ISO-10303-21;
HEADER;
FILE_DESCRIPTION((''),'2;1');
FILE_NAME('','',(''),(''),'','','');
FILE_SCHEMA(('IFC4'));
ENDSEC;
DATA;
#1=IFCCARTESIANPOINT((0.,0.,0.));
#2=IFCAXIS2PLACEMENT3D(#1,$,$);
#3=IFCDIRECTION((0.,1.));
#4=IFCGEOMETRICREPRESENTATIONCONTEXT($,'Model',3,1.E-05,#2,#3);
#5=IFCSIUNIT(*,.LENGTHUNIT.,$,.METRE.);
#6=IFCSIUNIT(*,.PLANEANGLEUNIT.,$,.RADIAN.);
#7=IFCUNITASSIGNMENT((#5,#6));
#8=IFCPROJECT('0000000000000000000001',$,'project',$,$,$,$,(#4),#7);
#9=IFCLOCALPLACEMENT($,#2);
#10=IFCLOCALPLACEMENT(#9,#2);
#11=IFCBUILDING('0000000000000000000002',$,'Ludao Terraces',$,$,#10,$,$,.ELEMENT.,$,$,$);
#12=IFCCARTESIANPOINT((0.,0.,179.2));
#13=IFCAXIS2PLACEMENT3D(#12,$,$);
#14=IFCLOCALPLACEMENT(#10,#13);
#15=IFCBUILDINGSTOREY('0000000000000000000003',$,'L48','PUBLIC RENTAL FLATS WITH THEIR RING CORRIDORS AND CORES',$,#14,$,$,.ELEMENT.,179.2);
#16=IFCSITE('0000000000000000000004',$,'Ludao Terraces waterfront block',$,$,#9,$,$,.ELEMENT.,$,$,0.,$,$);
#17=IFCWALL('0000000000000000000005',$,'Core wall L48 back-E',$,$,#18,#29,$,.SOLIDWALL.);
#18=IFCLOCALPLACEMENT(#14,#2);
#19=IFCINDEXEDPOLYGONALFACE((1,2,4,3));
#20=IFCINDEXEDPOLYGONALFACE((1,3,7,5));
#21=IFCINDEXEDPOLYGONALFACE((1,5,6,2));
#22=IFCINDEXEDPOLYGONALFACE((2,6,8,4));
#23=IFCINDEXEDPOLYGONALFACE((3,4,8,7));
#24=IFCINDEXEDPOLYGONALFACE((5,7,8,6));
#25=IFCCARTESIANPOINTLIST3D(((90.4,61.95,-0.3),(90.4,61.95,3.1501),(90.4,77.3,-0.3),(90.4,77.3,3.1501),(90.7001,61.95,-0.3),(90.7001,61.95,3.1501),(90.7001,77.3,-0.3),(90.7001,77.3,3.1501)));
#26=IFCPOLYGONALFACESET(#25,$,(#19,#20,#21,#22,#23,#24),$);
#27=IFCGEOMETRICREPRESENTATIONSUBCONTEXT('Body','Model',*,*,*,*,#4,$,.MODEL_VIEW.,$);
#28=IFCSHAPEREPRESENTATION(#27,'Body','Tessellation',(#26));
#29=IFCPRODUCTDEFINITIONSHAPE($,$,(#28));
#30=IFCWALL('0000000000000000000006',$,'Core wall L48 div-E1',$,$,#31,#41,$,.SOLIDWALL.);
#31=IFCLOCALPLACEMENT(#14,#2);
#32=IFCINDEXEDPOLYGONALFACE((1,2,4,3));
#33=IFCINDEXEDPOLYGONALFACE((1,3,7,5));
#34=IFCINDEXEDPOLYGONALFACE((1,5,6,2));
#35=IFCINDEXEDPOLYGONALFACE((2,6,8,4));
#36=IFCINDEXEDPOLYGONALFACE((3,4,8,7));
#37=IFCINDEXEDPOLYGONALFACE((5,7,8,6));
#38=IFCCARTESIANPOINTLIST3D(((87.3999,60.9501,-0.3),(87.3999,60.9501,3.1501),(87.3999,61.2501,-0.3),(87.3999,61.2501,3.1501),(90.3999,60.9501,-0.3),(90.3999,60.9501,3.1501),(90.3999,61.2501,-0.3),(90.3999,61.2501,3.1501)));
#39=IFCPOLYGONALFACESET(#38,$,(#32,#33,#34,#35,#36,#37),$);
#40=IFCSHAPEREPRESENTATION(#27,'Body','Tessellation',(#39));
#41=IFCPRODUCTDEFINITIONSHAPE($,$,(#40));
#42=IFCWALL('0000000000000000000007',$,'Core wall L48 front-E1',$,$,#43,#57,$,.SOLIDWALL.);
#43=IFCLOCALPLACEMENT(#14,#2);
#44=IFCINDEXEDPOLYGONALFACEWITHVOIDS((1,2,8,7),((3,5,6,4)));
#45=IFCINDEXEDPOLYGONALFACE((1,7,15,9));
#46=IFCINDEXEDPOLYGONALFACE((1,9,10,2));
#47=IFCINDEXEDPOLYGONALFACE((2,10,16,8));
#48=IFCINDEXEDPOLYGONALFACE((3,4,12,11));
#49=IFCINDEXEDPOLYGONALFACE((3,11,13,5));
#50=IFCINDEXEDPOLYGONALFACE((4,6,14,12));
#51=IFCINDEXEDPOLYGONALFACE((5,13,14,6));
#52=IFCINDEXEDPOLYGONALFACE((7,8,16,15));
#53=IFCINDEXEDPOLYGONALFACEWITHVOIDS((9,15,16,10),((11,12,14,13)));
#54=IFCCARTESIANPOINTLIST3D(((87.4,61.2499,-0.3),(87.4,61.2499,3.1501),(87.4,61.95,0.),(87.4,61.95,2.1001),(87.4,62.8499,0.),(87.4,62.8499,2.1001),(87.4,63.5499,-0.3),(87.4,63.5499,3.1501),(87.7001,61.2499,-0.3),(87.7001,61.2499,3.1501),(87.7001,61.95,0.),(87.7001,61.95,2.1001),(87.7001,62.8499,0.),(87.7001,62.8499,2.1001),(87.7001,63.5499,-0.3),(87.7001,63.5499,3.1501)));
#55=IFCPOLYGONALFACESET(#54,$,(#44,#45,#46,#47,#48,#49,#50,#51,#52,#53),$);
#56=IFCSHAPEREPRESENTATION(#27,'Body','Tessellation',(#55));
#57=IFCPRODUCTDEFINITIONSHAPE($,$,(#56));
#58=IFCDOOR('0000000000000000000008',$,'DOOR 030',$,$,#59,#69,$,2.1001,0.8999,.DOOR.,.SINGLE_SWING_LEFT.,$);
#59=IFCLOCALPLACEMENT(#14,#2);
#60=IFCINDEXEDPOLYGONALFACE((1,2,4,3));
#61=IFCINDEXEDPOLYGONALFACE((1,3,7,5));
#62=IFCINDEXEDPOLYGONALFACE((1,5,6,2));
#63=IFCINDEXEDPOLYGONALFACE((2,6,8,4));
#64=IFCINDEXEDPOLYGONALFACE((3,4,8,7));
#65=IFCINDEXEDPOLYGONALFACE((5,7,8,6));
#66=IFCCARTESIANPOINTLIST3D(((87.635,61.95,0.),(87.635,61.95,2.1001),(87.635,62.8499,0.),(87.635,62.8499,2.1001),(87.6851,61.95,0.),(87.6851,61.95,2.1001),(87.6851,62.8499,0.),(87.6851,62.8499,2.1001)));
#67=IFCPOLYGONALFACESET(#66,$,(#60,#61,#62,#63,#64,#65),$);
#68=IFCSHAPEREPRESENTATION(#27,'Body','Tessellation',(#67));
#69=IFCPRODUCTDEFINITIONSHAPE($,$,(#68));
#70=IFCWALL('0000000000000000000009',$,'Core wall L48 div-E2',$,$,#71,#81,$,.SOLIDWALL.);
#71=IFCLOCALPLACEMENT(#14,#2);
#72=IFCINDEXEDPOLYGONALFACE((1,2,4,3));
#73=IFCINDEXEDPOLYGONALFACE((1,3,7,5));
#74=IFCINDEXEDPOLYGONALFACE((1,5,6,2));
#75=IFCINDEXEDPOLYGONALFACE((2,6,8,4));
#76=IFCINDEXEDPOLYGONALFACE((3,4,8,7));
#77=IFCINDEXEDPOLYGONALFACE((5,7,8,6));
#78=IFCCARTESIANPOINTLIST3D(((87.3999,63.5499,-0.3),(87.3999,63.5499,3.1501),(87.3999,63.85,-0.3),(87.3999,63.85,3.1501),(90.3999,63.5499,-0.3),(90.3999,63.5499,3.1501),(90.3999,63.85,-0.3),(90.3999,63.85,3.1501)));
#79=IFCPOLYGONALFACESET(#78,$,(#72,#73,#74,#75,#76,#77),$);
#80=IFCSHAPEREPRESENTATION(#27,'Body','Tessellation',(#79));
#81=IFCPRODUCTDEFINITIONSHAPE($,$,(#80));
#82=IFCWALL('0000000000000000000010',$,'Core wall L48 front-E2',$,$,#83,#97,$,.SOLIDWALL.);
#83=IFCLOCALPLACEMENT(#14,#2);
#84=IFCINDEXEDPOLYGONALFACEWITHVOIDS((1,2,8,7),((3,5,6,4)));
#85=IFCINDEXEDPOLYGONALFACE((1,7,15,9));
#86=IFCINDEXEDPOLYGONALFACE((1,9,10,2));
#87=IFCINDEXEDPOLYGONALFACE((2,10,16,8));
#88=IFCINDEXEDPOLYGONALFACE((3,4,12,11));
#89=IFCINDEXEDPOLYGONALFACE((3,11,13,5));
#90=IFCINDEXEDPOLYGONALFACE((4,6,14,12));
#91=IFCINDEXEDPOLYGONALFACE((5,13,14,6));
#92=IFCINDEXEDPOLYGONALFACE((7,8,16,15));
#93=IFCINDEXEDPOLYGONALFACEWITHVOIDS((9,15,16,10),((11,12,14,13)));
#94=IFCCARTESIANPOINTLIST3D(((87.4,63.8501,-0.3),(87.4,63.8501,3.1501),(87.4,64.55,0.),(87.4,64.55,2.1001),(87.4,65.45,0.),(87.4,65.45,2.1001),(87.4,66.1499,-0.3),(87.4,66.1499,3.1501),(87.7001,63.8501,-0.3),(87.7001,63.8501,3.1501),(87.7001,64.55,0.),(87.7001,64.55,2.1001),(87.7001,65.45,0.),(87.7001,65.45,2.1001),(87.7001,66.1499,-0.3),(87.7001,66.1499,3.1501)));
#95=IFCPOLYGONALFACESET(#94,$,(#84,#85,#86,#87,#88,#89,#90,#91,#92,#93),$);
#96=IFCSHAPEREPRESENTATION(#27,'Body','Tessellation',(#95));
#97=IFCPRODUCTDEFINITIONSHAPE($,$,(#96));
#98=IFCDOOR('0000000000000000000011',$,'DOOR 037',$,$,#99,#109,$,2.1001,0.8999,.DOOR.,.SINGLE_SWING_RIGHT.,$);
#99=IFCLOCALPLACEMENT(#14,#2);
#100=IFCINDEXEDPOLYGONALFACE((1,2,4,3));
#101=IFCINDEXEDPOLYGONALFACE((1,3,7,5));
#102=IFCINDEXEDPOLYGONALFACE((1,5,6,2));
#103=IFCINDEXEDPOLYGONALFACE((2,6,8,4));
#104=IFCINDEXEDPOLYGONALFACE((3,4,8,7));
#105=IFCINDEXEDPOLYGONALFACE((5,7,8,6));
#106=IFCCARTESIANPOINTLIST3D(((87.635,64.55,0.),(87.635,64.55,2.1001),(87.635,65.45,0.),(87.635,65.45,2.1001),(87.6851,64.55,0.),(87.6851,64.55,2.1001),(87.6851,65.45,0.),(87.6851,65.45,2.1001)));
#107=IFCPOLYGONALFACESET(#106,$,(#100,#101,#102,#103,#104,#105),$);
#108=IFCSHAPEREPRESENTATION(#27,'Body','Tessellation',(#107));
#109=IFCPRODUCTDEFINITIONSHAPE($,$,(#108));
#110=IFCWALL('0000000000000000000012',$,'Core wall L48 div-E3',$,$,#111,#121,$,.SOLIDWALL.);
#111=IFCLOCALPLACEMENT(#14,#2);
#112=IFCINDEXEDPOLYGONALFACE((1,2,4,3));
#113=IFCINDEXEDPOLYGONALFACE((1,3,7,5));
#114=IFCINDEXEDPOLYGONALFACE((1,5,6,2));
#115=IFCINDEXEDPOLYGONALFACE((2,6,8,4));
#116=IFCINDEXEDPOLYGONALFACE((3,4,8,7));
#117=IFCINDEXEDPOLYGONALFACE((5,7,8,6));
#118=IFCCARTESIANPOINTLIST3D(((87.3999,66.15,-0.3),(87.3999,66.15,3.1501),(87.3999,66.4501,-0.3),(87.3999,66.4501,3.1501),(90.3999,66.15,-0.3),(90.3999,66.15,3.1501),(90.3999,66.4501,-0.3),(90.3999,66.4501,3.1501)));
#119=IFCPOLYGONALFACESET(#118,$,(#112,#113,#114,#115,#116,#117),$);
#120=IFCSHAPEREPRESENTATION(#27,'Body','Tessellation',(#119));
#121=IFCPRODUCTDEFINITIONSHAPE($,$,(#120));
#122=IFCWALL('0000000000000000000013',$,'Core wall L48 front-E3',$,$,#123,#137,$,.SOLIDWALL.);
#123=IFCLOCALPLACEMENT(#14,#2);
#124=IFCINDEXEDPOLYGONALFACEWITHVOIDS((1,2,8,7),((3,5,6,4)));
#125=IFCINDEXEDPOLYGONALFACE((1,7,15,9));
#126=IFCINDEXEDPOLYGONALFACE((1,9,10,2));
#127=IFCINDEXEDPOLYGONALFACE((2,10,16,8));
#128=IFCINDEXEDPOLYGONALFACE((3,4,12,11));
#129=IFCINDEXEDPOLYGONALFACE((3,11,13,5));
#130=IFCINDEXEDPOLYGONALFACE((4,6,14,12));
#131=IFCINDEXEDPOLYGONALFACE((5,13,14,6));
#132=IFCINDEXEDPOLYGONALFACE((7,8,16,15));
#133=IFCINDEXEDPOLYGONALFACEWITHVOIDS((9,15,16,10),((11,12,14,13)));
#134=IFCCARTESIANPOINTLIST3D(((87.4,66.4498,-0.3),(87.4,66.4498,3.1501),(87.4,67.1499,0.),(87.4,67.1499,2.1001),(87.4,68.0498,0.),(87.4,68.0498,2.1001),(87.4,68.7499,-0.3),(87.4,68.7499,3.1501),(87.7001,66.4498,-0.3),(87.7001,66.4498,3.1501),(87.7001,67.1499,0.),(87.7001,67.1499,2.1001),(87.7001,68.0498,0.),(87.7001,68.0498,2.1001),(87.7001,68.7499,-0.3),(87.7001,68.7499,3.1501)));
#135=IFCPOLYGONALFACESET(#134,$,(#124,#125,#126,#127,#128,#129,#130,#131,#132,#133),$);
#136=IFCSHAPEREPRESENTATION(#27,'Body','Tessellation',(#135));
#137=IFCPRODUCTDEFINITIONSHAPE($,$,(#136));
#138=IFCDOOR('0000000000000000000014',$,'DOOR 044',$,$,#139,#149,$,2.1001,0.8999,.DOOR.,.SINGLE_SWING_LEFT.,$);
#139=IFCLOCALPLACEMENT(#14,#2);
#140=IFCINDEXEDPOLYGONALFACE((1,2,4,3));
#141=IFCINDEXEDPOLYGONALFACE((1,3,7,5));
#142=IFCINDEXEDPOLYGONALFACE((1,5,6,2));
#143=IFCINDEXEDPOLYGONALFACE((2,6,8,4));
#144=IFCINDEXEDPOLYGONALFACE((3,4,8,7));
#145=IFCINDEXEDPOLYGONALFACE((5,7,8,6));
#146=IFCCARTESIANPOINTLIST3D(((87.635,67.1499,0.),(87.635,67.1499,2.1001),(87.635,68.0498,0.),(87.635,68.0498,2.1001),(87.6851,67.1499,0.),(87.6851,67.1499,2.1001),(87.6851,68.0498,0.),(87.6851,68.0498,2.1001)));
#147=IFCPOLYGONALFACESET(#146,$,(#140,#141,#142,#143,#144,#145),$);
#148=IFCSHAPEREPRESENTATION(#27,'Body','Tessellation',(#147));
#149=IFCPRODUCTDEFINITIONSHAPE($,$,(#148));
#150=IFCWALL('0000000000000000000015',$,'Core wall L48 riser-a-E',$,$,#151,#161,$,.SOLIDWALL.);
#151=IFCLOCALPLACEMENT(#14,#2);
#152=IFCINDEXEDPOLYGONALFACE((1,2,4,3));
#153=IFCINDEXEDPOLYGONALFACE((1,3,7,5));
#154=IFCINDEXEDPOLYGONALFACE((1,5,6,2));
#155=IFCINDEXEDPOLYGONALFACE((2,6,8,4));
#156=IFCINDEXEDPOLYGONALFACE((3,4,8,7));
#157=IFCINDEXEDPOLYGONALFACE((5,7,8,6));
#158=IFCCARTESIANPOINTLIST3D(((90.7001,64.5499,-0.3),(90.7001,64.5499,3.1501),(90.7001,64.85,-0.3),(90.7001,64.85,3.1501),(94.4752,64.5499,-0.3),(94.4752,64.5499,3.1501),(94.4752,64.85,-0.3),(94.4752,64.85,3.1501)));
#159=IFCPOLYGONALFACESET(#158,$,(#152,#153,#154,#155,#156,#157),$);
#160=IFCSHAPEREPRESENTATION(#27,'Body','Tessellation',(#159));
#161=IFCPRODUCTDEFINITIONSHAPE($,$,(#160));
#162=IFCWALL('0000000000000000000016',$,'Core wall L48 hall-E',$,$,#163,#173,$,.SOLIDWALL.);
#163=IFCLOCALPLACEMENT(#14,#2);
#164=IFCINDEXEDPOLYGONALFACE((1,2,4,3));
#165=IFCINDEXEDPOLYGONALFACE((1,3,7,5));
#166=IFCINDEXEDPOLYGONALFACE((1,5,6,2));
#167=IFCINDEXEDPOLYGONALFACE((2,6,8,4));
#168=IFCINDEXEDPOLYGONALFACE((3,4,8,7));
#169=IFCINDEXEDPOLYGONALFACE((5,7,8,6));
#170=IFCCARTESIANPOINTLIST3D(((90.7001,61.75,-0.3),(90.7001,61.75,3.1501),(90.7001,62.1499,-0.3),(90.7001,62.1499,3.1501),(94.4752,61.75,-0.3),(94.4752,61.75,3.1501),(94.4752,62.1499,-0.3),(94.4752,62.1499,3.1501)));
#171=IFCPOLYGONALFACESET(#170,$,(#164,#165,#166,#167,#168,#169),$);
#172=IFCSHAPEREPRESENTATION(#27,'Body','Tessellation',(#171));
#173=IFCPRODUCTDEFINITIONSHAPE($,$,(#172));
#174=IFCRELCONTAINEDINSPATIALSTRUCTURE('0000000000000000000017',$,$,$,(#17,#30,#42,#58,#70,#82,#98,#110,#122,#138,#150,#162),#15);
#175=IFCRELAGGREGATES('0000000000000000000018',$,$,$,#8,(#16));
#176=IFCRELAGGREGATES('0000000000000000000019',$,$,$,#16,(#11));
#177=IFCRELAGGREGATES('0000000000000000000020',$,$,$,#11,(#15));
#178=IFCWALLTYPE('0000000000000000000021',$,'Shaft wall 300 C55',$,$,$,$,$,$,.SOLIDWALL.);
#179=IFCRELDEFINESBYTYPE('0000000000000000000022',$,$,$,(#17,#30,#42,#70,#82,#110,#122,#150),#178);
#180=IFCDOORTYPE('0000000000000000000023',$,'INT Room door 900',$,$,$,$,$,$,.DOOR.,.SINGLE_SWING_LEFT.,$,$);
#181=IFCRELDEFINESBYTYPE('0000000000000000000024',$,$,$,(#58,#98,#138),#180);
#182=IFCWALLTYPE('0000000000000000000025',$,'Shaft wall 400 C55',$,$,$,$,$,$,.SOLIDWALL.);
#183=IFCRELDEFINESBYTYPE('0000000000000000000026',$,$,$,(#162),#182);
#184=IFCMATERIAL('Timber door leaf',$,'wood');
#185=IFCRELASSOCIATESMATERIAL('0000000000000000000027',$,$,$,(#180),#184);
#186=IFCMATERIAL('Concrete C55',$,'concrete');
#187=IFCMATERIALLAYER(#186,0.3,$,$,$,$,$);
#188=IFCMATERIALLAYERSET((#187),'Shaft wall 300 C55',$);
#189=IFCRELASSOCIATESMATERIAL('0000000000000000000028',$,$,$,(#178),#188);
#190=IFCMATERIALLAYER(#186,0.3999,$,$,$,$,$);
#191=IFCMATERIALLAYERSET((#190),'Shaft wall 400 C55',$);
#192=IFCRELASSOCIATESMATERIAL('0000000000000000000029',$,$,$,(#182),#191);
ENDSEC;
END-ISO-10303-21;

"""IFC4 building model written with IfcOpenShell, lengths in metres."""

from ifc_helpers import new_model, si_unit, direction, frame, frame_2d, origin, place, context, subcontext, project, spatial, rectangle, extrude, material, layer, layer_set, type_object, element, fill, save


model = new_model("IFC4")

# Units and contexts
model_context = context("Model", 3, precision=1e-05, world=origin(), true_north=direction((0.0, 1.0)))
body_context = subcontext(model_context, "Body", "Model", "MODEL_VIEW")
ifc_project = project(units=[si_unit("LENGTHUNIT", "METRE"), si_unit("PLANEANGLEUNIT", "RADIAN")], contexts=[model_context])

# Site, building, storey
site_placement = place(None, origin())
site = spatial("IfcSite", under=ifc_project, at=site_placement, Name="Ludao Terraces waterfront block", CompositionType="ELEMENT", RefElevation=0.0)
building_placement = place(site_placement, origin())
building = spatial("IfcBuilding", under=site, at=building_placement, Name="Ludao Terraces", CompositionType="ELEMENT")
storey_placement = place(building_placement, frame((0.0, 0.0, 179.2)))
storey = spatial("IfcBuildingStorey", under=building, at=storey_placement, Name="L48", Description="PUBLIC RENTAL FLATS WITH THEIR RING CORRIDORS AND CORES", CompositionType="ELEMENT", Elevation=179.2)

# Shared definitions
ifc_material_1 = material(Name="Timber door leaf", Category="wood")
door_type_1 = type_object("IfcDoorType", Name="INT Room door 900", OperationType="SINGLE_SWING_LEFT", PredefinedType="DOOR", material=ifc_material_1)

# Walls
ifc_material_2 = material(Name="Concrete C55", Category="concrete")
ifc_layer_1 = layer(ifc_material_2, 0.3)
ifc_layer_set_1 = layer_set([ifc_layer_1], Name="Shaft wall 300 C55")
wall_type_1 = type_object("IfcWallType", Name="Shaft wall 300 C55", PredefinedType="SOLIDWALL", material=ifc_layer_set_1)
wall_1_placement = place(storey_placement, frame((90.55, 61.95, -0.3), z_axis=(0.0, 0.0, 1.0), x_axis=(0.0, 1.0, 0.0)))
element("IfcWall", 1, at=wall_1_placement, inside=storey, type_object=wall_type_1, Name="Core wall L48 back-E", PredefinedType="SOLIDWALL", context=body_context, shape_type="SweptSolid", body=[
    extrude(rectangle(XDim=15.3501, YDim=0.3, at=frame_2d((7.675, 0.0))), origin(), (0.0, 0.0, 1.0), 3.4502),
])
wall_2_placement = place(storey_placement, frame((87.3999, 61.1001, -0.3), z_axis=(0.0, 0.0, 1.0), x_axis=(1.0, 0.0, 0.0)))
element("IfcWall", 2, at=wall_2_placement, inside=storey, type_object=wall_type_1, Name="Core wall L48 div-E1", PredefinedType="SOLIDWALL", context=body_context, shape_type="SweptSolid", body=[
    extrude(rectangle(XDim=3.0, YDim=0.3, at=frame_2d((1.5, 0.0))), origin(), (0.0, 0.0, 1.0), 3.4502),
])

# Wall, opening, door
wall_3_placement = place(storey_placement, frame((87.55, 61.25, -0.3), z_axis=(0.0, 0.0, 1.0), x_axis=(0.0, 1.0, 0.0)))
wall_3 = element("IfcWall", 3, at=wall_3_placement, inside=storey, type_object=wall_type_1, Name="Core wall L48 front-E1", PredefinedType="SOLIDWALL", context=body_context, shape_type="SweptSolid", body=[
    extrude(rectangle(XDim=2.3, YDim=0.3, at=frame_2d((1.1499, 0.0))), origin(), (0.0, 0.0, 1.0), 3.4502),
])
opening_1_placement = place(wall_3_placement, frame((0.7, 0.0, 0.3)))
opening_1 = element("IfcOpeningElement", 4, at=opening_1_placement, cuts=wall_3, PredefinedType="OPENING", context=body_context, shape_type="SweptSolid", body=[
    extrude(rectangle(XDim=0.8999, YDim=2.1001, at=frame_2d((0.45, 1.05))), frame((0.0, 0.1602, 0.0), z_axis=(0.0, -1.0, 0.0), x_axis=(1.0, 0.0, 0.0)), (0.0, 0.0, 1.0), 0.3201),
])
door_1_placement = place(opening_1_placement, origin())
door_1 = element("IfcDoor", 5, at=door_1_placement, inside=storey, type_object=door_type_1, Name="DOOR 030", OperationType="SINGLE_SWING_LEFT", OverallHeight=2.1001, OverallWidth=0.8999, PredefinedType="DOOR", context=body_context, shape_type="SweptSolid", body=[
    extrude(rectangle(XDim=0.8999, YDim=2.1001, at=frame_2d((0.45, 1.05))), frame((0.0, -0.085, 0.0), z_axis=(0.0, -1.0, 0.0), x_axis=(1.0, 0.0, 0.0)), (0.0, 0.0, 1.0), 0.05),
])
fill(opening_1, door_1)

# Wall
wall_4_placement = place(storey_placement, frame((87.3999, 63.7, -0.3), z_axis=(0.0, 0.0, 1.0), x_axis=(1.0, 0.0, 0.0)))
element("IfcWall", 6, at=wall_4_placement, inside=storey, type_object=wall_type_1, Name="Core wall L48 div-E2", PredefinedType="SOLIDWALL", context=body_context, shape_type="SweptSolid", body=[
    extrude(rectangle(XDim=3.0, YDim=0.3, at=frame_2d((1.5, 0.0))), origin(), (0.0, 0.0, 1.0), 3.4502),
])

# Wall, opening, door
wall_5_placement = place(storey_placement, frame((87.55, 63.8501, -0.3), z_axis=(0.0, 0.0, 1.0), x_axis=(0.0, 1.0, 0.0)))
wall_5 = element("IfcWall", 7, at=wall_5_placement, inside=storey, type_object=wall_type_1, Name="Core wall L48 front-E2", PredefinedType="SOLIDWALL", context=body_context, shape_type="SweptSolid", body=[
    extrude(rectangle(XDim=2.2998, YDim=0.3, at=frame_2d((1.1499, 0.0))), origin(), (0.0, 0.0, 1.0), 3.4502),
])
opening_2_placement = place(wall_5_placement, frame((0.7, 0.0, 0.3)))
opening_2 = element("IfcOpeningElement", 8, at=opening_2_placement, cuts=wall_5, PredefinedType="OPENING", context=body_context, shape_type="SweptSolid", body=[
    extrude(rectangle(XDim=0.8999, YDim=2.1001, at=frame_2d((0.45, 1.05))), frame((0.0, 0.1602, 0.0), z_axis=(0.0, -1.0, 0.0), x_axis=(1.0, 0.0, 0.0)), (0.0, 0.0, 1.0), 0.3201),
])
door_2_placement = place(opening_2_placement, origin())
door_2 = element("IfcDoor", 9, at=door_2_placement, inside=storey, type_object=door_type_1, Name="DOOR 037", OperationType="SINGLE_SWING_RIGHT", OverallHeight=2.1001, OverallWidth=0.8999, PredefinedType="DOOR", context=body_context, shape_type="SweptSolid", body=[
    extrude(rectangle(XDim=0.8999, YDim=2.1001, at=frame_2d((0.45, 1.05))), frame((0.0, -0.085, 0.0), z_axis=(0.0, -1.0, 0.0), x_axis=(1.0, 0.0, 0.0)), (0.0, 0.0, 1.0), 0.05),
])
fill(opening_2, door_2)

# Wall
wall_6_placement = place(storey_placement, frame((87.3999, 66.3, -0.3), z_axis=(0.0, 0.0, 1.0), x_axis=(1.0, 0.0, 0.0)))
element("IfcWall", 10, at=wall_6_placement, inside=storey, type_object=wall_type_1, Name="Core wall L48 div-E3", PredefinedType="SOLIDWALL", context=body_context, shape_type="SweptSolid", body=[
    extrude(rectangle(XDim=3.0, YDim=0.3, at=frame_2d((1.5, 0.0))), origin(), (0.0, 0.0, 1.0), 3.4502),
])

# Wall, opening, door
wall_7_placement = place(storey_placement, frame((87.55, 66.45, -0.3), z_axis=(0.0, 0.0, 1.0), x_axis=(0.0, 1.0, 0.0)))
wall_7 = element("IfcWall", 11, at=wall_7_placement, inside=storey, type_object=wall_type_1, Name="Core wall L48 front-E3", PredefinedType="SOLIDWALL", context=body_context, shape_type="SweptSolid", body=[
    extrude(rectangle(XDim=2.3, YDim=0.3, at=frame_2d((1.1499, 0.0))), origin(), (0.0, 0.0, 1.0), 3.4502),
])
opening_3_placement = place(wall_7_placement, frame((0.7, 0.0, 0.3)))
opening_3 = element("IfcOpeningElement", 12, at=opening_3_placement, cuts=wall_7, PredefinedType="OPENING", context=body_context, shape_type="SweptSolid", body=[
    extrude(rectangle(XDim=0.8999, YDim=2.1001, at=frame_2d((0.45, 1.05))), frame((0.0, 0.1602, 0.0), z_axis=(0.0, -1.0, 0.0), x_axis=(1.0, 0.0, 0.0)), (0.0, 0.0, 1.0), 0.3201),
])
door_3_placement = place(opening_3_placement, origin())
door_3 = element("IfcDoor", 13, at=door_3_placement, inside=storey, type_object=door_type_1, Name="DOOR 044", OperationType="SINGLE_SWING_LEFT", OverallHeight=2.1001, OverallWidth=0.8999, PredefinedType="DOOR", context=body_context, shape_type="SweptSolid", body=[
    extrude(rectangle(XDim=0.8999, YDim=2.1001, at=frame_2d((0.45, 1.05))), frame((0.0, -0.085, 0.0), z_axis=(0.0, -1.0, 0.0), x_axis=(1.0, 0.0, 0.0)), (0.0, 0.0, 1.0), 0.05),
])
fill(opening_3, door_3)

# Walls
wall_8_placement = place(storey_placement, frame((90.7, 64.7, -0.3), z_axis=(0.0, 0.0, 1.0), x_axis=(1.0, 0.0, 0.0)))
element("IfcWall", 14, at=wall_8_placement, inside=storey, type_object=wall_type_1, Name="Core wall L48 riser-a-E", PredefinedType="SOLIDWALL", context=body_context, shape_type="SweptSolid", body=[
    extrude(rectangle(XDim=3.7751, YDim=0.3, at=frame_2d((1.8877, 0.0))), origin(), (0.0, 0.0, 1.0), 3.4502),
])
ifc_layer_2 = layer(ifc_material_2, 0.3999)
ifc_layer_set_2 = layer_set([ifc_layer_2], Name="Shaft wall 400 C55")
wall_type_2 = type_object("IfcWallType", Name="Shaft wall 400 C55", PredefinedType="SOLIDWALL", material=ifc_layer_set_2)
wall_9_placement = place(storey_placement, frame((90.7, 61.95, -0.3), z_axis=(0.0, 0.0, 1.0), x_axis=(1.0, 0.0, 0.0)))
element("IfcWall", 15, at=wall_9_placement, inside=storey, type_object=wall_type_2, Name="Core wall L48 hall-E", PredefinedType="SOLIDWALL", context=body_context, shape_type="SweptSolid", body=[
    extrude(rectangle(XDim=3.7751, YDim=0.3999, at=frame_2d((1.8877, 0.0))), origin(), (0.0, 0.0, 1.0), 3.4502),
])

save(model, "model.ifc")
